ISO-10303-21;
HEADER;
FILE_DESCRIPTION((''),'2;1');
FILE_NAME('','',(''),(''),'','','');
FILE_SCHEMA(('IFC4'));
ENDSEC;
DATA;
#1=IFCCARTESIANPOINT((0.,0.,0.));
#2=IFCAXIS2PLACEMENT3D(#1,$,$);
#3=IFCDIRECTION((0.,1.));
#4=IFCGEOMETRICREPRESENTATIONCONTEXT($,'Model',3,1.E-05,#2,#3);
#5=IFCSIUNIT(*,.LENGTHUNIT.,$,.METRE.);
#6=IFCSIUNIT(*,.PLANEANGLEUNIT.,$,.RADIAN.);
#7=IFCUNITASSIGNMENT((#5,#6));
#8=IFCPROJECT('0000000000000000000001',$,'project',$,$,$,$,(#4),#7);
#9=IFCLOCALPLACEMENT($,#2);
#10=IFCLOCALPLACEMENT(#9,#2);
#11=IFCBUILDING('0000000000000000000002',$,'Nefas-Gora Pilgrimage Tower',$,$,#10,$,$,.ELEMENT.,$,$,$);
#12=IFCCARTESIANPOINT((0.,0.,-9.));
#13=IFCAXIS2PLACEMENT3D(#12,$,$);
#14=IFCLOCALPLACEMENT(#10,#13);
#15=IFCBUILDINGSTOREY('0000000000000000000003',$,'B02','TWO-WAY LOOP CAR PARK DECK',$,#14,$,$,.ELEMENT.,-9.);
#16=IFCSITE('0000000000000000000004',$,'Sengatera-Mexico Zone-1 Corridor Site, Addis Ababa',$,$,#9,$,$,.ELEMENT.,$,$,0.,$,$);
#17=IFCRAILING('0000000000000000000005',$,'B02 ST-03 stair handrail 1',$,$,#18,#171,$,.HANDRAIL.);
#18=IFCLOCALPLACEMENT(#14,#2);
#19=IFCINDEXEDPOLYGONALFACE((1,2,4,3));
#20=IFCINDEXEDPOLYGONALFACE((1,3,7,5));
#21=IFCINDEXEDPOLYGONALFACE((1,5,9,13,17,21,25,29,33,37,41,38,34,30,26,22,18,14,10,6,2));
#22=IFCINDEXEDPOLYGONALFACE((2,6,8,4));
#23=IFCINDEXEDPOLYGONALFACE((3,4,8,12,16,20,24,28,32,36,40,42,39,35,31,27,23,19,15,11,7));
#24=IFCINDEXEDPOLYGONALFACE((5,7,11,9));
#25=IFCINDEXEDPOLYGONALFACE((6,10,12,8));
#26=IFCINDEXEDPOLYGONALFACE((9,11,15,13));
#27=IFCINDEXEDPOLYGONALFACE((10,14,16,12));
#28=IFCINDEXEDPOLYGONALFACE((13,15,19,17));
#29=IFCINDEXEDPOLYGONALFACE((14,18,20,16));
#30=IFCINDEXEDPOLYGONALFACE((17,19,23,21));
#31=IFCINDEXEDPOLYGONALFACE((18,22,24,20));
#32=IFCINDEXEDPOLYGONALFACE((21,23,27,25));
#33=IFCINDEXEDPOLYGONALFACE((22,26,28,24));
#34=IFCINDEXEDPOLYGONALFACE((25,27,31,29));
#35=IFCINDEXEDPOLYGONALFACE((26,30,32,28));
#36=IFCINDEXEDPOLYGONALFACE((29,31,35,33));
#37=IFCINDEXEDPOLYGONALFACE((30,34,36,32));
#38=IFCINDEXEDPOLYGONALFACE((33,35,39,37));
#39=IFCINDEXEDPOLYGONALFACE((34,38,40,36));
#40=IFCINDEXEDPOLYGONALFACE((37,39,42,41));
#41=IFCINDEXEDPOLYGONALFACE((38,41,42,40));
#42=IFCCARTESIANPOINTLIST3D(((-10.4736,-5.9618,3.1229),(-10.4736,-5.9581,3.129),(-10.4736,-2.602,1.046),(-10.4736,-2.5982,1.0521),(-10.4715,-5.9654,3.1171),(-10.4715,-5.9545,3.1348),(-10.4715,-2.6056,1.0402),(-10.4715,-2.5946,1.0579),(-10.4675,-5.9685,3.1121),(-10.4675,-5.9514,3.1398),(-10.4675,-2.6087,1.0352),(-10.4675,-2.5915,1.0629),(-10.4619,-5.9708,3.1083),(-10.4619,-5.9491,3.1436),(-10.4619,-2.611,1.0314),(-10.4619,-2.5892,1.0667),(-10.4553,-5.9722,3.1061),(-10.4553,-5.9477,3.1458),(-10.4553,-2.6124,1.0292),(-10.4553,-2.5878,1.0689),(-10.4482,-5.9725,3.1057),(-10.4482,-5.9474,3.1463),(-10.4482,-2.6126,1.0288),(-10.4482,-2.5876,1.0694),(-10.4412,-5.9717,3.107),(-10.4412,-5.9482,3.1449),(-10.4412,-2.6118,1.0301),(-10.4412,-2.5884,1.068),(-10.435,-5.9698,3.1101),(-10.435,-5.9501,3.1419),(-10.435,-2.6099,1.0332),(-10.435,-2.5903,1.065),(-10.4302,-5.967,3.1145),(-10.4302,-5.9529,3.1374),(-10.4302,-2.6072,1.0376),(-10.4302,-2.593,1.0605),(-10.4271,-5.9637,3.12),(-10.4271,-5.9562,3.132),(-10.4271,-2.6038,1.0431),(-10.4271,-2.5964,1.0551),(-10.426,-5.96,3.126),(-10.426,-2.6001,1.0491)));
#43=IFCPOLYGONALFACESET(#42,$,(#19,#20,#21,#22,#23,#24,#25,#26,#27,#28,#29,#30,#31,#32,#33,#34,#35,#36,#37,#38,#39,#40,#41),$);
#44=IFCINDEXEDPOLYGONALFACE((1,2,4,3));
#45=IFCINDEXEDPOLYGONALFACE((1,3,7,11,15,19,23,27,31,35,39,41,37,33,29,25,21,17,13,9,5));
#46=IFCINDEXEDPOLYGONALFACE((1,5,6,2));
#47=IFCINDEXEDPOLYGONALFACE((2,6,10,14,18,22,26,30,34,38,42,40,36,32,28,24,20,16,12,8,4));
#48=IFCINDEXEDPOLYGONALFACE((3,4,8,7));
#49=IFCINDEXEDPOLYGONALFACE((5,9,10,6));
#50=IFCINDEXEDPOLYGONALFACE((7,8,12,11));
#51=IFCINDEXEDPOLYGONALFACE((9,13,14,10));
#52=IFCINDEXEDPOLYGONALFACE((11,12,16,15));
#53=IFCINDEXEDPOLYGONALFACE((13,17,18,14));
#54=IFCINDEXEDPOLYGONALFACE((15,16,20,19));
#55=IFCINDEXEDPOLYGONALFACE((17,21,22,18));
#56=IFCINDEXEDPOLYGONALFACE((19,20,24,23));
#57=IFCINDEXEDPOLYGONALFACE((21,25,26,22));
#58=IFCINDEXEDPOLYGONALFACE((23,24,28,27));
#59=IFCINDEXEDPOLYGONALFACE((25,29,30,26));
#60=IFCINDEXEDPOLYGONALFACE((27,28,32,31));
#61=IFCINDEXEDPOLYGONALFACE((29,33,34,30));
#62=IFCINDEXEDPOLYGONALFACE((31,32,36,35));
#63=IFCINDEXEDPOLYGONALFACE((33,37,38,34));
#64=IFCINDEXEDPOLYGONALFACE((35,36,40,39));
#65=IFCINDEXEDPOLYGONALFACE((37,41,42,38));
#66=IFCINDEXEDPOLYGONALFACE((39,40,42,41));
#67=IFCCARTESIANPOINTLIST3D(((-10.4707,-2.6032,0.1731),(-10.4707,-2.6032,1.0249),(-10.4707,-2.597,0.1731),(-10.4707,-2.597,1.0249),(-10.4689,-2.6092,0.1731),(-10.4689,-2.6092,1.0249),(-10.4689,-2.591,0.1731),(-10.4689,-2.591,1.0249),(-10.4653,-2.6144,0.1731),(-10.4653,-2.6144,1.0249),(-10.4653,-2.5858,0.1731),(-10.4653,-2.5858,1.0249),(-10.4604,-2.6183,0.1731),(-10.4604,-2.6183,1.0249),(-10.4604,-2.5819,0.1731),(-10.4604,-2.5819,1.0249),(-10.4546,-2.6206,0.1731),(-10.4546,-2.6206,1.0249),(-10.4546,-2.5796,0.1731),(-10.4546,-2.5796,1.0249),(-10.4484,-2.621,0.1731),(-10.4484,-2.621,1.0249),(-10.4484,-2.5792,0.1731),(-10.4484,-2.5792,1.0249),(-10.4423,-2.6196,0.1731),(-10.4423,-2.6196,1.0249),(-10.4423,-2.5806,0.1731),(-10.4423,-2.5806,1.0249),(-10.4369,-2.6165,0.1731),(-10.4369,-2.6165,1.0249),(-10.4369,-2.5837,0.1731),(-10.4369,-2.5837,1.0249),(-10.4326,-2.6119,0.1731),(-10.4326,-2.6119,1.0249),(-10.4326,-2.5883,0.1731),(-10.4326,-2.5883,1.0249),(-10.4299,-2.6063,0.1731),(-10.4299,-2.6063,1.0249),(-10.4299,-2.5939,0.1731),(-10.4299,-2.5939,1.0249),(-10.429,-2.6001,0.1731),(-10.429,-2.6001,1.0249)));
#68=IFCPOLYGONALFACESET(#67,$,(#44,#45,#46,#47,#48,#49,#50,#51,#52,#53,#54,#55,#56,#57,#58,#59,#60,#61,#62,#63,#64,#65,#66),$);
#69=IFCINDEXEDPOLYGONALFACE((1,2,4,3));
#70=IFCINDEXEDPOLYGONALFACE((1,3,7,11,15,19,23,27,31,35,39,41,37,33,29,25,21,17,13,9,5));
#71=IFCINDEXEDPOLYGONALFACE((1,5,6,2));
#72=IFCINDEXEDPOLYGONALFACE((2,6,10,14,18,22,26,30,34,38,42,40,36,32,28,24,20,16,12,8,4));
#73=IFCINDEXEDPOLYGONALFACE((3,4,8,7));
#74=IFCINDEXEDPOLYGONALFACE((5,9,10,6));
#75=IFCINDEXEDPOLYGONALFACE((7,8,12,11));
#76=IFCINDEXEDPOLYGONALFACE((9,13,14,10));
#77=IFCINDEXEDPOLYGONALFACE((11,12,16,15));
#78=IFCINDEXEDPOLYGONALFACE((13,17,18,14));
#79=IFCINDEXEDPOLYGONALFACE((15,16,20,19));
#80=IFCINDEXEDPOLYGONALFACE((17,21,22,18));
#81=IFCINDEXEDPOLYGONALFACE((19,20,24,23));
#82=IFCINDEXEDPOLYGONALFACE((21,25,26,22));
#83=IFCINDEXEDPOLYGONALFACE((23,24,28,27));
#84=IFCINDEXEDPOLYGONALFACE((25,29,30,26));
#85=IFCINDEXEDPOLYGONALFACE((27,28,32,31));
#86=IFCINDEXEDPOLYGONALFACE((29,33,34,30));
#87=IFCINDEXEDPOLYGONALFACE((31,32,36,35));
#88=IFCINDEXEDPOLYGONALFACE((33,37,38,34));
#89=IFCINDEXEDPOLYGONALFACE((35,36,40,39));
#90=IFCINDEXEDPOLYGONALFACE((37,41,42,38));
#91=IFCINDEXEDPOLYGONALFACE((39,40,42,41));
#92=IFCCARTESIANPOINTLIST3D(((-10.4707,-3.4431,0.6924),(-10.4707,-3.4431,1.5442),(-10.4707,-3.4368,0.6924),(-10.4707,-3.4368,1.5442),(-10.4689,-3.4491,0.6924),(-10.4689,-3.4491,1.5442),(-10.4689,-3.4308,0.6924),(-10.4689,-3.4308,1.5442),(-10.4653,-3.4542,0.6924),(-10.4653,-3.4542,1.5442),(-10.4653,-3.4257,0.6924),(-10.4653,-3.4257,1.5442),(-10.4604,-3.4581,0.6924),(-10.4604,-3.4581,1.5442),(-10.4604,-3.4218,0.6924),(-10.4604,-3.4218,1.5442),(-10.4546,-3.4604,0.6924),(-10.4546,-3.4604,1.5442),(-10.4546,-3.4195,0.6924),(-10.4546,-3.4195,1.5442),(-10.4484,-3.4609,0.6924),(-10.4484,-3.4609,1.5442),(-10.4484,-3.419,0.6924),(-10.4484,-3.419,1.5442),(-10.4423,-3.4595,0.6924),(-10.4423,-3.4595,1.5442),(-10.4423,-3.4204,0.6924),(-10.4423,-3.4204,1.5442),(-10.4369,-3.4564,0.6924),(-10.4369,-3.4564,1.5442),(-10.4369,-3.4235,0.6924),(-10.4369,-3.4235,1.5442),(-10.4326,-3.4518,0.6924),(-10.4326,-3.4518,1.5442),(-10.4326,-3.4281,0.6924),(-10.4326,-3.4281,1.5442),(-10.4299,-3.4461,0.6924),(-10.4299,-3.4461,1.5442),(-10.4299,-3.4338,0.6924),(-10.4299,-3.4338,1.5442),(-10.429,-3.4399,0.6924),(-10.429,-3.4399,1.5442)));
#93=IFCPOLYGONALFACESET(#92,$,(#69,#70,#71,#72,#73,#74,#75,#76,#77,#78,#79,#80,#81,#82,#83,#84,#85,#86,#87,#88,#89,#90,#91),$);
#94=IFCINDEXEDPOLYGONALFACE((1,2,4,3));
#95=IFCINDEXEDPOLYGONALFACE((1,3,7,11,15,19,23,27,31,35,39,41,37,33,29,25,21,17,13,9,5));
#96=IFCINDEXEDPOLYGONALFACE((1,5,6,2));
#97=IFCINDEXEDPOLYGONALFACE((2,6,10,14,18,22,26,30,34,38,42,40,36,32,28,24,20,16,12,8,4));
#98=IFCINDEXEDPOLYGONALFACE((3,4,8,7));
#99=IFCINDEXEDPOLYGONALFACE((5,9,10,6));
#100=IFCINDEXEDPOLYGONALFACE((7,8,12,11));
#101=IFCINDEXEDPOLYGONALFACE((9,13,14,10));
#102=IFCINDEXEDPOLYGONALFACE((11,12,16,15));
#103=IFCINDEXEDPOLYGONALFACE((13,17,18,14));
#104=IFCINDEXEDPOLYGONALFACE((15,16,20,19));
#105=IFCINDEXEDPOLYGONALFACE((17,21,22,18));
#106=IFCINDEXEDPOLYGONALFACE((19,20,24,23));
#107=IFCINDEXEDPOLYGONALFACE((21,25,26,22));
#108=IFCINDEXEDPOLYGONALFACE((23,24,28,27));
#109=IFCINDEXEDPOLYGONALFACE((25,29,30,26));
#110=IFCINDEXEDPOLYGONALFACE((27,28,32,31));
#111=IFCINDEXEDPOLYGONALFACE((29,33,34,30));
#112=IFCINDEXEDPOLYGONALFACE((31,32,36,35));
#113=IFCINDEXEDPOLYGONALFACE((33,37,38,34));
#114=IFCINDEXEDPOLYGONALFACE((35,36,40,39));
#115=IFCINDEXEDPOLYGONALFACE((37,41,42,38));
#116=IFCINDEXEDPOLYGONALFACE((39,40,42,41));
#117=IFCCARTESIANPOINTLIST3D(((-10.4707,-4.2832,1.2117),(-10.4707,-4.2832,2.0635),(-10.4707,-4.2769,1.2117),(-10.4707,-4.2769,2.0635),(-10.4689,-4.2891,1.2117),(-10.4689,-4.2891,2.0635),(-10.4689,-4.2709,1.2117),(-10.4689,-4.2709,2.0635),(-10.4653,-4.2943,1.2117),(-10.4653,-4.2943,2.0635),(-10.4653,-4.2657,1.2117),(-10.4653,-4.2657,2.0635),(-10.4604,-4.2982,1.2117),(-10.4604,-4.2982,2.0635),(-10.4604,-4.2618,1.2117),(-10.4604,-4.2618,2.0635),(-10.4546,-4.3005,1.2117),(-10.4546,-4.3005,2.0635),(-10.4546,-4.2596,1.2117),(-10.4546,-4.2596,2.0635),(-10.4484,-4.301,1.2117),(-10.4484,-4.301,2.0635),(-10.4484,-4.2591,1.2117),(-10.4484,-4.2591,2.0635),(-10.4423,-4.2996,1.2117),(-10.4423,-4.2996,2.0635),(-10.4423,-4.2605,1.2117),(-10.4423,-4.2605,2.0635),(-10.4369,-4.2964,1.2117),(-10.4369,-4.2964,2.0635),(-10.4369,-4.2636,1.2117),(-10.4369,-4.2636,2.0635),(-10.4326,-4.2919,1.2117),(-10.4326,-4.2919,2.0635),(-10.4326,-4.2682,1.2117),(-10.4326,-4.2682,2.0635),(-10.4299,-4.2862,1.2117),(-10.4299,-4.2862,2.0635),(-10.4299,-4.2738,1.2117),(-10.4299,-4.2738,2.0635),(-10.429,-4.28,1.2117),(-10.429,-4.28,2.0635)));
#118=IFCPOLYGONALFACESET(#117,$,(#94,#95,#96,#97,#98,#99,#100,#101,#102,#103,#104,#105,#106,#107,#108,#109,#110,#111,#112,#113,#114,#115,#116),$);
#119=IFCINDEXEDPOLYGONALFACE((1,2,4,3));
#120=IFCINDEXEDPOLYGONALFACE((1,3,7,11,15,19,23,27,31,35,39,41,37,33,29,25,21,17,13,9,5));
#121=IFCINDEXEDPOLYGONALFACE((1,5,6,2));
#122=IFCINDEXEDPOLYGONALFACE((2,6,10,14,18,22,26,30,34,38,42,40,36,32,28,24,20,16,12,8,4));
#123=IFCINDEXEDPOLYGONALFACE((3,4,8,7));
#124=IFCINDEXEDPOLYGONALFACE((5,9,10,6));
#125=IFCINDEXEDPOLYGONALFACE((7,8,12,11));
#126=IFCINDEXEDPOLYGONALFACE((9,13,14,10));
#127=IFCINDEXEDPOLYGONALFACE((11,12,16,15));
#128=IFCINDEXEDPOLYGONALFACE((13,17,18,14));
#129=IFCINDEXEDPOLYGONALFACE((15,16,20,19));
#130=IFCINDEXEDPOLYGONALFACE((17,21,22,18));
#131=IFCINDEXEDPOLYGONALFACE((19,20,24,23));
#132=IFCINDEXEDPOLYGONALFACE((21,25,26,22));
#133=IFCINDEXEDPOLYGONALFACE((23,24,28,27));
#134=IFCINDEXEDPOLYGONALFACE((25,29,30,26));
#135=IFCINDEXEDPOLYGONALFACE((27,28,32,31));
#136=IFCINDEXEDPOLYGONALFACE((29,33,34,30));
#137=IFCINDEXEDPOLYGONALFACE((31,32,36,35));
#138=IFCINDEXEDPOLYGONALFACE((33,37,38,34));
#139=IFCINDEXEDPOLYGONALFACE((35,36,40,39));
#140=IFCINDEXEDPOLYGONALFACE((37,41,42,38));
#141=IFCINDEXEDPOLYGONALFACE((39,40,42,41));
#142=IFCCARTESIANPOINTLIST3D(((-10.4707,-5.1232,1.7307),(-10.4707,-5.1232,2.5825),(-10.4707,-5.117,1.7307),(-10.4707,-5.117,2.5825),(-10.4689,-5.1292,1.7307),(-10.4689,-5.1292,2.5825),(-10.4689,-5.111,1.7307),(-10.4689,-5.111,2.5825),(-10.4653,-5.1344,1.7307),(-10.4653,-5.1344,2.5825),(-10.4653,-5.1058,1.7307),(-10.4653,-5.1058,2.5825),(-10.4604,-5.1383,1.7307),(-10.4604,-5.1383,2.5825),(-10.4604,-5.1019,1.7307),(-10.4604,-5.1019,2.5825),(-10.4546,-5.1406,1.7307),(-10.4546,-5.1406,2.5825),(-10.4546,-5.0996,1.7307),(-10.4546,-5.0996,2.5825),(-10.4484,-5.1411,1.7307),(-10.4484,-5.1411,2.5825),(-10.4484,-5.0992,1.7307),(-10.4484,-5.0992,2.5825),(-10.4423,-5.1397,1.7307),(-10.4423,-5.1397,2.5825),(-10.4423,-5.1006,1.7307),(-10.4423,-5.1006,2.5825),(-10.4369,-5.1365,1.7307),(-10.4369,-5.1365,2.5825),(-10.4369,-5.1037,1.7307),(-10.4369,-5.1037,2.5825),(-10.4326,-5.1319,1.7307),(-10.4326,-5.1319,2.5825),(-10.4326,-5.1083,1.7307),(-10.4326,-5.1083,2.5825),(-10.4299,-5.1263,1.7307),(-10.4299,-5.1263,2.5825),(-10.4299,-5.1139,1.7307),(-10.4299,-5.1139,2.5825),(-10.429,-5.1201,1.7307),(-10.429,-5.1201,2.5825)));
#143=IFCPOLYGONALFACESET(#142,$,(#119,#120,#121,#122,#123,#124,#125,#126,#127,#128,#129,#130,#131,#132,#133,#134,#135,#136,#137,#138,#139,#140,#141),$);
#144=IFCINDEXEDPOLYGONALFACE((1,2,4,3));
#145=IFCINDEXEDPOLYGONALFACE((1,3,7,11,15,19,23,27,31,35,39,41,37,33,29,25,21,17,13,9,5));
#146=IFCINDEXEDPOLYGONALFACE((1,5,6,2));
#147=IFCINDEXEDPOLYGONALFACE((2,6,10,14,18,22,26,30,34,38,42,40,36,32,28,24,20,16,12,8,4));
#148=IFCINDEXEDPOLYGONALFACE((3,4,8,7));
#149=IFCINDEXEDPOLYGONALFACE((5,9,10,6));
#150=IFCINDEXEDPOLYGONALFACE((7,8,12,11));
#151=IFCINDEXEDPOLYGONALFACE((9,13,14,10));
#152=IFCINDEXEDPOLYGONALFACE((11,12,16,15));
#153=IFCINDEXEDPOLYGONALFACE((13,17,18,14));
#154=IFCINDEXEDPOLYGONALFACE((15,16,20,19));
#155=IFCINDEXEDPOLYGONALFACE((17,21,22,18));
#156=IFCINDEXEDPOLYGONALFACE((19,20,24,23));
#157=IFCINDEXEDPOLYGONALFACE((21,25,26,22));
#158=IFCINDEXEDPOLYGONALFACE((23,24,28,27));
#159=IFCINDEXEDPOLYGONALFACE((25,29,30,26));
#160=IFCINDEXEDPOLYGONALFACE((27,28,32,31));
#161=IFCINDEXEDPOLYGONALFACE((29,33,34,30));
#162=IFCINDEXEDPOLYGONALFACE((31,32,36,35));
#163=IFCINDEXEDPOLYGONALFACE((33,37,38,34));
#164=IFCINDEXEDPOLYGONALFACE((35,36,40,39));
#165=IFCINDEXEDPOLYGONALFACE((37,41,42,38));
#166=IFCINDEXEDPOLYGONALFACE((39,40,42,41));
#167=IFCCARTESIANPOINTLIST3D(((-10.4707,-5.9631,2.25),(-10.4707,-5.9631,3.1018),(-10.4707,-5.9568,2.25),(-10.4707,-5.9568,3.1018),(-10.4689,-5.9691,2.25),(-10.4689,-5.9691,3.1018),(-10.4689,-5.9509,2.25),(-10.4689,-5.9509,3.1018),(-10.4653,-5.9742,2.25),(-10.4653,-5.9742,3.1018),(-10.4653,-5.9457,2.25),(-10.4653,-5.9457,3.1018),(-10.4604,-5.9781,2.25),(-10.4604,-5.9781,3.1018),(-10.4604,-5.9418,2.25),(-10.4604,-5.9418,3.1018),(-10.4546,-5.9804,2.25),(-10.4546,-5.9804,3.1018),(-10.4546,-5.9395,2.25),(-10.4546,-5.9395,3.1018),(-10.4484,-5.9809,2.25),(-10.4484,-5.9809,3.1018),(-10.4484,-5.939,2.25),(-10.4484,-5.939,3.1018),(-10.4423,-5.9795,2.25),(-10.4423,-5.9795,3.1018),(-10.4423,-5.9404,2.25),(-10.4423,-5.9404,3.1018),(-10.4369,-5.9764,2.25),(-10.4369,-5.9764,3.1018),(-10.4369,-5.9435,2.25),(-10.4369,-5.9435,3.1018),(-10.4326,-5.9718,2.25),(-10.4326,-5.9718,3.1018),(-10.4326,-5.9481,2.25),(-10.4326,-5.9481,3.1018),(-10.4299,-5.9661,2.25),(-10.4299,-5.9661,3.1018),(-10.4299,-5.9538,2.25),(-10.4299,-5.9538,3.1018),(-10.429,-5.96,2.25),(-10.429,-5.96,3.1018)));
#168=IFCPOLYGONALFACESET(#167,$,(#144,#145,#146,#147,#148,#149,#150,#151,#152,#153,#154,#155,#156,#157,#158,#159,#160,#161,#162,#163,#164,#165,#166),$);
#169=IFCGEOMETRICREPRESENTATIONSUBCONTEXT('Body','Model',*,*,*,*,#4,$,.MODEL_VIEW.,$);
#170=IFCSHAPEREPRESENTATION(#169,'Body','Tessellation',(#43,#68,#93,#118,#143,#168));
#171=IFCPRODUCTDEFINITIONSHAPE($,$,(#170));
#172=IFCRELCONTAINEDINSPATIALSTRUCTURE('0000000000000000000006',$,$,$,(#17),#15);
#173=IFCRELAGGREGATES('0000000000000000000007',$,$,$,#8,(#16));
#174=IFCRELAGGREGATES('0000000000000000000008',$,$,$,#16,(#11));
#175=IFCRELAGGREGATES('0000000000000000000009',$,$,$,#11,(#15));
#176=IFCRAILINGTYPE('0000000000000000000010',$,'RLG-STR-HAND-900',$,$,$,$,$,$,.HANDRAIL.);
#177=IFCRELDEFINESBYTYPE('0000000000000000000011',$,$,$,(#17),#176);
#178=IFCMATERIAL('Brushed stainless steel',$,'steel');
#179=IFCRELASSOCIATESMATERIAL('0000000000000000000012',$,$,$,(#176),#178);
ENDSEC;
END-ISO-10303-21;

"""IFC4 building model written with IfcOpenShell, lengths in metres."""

from ifc_helpers import new_model, si_unit, direction, frame, origin, origin_2d, place, context, subcontext, project, spatial, circle, extrude, material, type_object, element, save


model = new_model("IFC4")

# Units and contexts
model_context = context("Model", 3, precision=1e-05, world=origin(), true_north=direction((0.0, 1.0)))
body_context = subcontext(model_context, "Body", "Model", "MODEL_VIEW")
ifc_project = project(units=[si_unit("LENGTHUNIT", "METRE"), si_unit("PLANEANGLEUNIT", "RADIAN")], contexts=[model_context])

# Site, building, storey
site_placement = place(None, origin())
site = spatial("IfcSite", under=ifc_project, at=site_placement, Name="Sengatera-Mexico Zone-1 Corridor Site, Addis Ababa", CompositionType="ELEMENT", RefElevation=0.0)
building_placement = place(site_placement, origin())
building = spatial("IfcBuilding", under=site, at=building_placement, Name="Nefas-Gora Pilgrimage Tower", CompositionType="ELEMENT")
storey_placement = place(building_placement, frame((0.0, 0.0, -9.0)))
storey = spatial("IfcBuildingStorey", under=building, at=storey_placement, Name="B02", Description="TWO-WAY LOOP CAR PARK DECK", CompositionType="ELEMENT", Elevation=-9.0)

# Railing
ifc_material_1 = material(Name="Brushed stainless steel", Category="steel")
railing_type_1 = type_object("IfcRailingType", Name="RLG-STR-HAND-900", PredefinedType="HANDRAIL", material=ifc_material_1)
railing_1_placement = place(storey_placement, frame((-10.45, -2.6001, 0.1731)))
element("IfcRailing", 1, at=railing_1_placement, inside=storey, type_object=railing_type_1, Name="B02 ST-03 stair handrail 1", PredefinedType="HANDRAIL", context=body_context, shape_type="SweptSolid", body=[
    extrude(circle(Radius=0.0239, at=origin_2d()), frame((0.0, 0.0, 0.876), z_axis=(0.0, -0.850606, 0.525803), x_axis=(1.0, 0.0, 0.0)), (0.0, 0.0, 1.0), 3.95),
    extrude(circle(Radius=0.021, at=origin_2d()), origin(), (0.0, 0.0, 1.0), 0.8518),
    extrude(circle(Radius=0.021, at=origin_2d()), frame((0.0, -0.8398, 0.5193)), (0.0, 0.0, 1.0), 0.8518),
    extrude(circle(Radius=0.021, at=origin_2d()), frame((0.0, -1.6799, 1.0386)), (0.0, 0.0, 1.0), 0.8518),
    extrude(circle(Radius=0.021, at=origin_2d()), frame((0.0, -2.52, 1.5576)), (0.0, 0.0, 1.0), 0.8518),
    extrude(circle(Radius=0.021, at=origin_2d()), frame((0.0, -3.3599, 2.0769)), (0.0, 0.0, 1.0), 0.8518),
])

save(model, "model.ifc")
